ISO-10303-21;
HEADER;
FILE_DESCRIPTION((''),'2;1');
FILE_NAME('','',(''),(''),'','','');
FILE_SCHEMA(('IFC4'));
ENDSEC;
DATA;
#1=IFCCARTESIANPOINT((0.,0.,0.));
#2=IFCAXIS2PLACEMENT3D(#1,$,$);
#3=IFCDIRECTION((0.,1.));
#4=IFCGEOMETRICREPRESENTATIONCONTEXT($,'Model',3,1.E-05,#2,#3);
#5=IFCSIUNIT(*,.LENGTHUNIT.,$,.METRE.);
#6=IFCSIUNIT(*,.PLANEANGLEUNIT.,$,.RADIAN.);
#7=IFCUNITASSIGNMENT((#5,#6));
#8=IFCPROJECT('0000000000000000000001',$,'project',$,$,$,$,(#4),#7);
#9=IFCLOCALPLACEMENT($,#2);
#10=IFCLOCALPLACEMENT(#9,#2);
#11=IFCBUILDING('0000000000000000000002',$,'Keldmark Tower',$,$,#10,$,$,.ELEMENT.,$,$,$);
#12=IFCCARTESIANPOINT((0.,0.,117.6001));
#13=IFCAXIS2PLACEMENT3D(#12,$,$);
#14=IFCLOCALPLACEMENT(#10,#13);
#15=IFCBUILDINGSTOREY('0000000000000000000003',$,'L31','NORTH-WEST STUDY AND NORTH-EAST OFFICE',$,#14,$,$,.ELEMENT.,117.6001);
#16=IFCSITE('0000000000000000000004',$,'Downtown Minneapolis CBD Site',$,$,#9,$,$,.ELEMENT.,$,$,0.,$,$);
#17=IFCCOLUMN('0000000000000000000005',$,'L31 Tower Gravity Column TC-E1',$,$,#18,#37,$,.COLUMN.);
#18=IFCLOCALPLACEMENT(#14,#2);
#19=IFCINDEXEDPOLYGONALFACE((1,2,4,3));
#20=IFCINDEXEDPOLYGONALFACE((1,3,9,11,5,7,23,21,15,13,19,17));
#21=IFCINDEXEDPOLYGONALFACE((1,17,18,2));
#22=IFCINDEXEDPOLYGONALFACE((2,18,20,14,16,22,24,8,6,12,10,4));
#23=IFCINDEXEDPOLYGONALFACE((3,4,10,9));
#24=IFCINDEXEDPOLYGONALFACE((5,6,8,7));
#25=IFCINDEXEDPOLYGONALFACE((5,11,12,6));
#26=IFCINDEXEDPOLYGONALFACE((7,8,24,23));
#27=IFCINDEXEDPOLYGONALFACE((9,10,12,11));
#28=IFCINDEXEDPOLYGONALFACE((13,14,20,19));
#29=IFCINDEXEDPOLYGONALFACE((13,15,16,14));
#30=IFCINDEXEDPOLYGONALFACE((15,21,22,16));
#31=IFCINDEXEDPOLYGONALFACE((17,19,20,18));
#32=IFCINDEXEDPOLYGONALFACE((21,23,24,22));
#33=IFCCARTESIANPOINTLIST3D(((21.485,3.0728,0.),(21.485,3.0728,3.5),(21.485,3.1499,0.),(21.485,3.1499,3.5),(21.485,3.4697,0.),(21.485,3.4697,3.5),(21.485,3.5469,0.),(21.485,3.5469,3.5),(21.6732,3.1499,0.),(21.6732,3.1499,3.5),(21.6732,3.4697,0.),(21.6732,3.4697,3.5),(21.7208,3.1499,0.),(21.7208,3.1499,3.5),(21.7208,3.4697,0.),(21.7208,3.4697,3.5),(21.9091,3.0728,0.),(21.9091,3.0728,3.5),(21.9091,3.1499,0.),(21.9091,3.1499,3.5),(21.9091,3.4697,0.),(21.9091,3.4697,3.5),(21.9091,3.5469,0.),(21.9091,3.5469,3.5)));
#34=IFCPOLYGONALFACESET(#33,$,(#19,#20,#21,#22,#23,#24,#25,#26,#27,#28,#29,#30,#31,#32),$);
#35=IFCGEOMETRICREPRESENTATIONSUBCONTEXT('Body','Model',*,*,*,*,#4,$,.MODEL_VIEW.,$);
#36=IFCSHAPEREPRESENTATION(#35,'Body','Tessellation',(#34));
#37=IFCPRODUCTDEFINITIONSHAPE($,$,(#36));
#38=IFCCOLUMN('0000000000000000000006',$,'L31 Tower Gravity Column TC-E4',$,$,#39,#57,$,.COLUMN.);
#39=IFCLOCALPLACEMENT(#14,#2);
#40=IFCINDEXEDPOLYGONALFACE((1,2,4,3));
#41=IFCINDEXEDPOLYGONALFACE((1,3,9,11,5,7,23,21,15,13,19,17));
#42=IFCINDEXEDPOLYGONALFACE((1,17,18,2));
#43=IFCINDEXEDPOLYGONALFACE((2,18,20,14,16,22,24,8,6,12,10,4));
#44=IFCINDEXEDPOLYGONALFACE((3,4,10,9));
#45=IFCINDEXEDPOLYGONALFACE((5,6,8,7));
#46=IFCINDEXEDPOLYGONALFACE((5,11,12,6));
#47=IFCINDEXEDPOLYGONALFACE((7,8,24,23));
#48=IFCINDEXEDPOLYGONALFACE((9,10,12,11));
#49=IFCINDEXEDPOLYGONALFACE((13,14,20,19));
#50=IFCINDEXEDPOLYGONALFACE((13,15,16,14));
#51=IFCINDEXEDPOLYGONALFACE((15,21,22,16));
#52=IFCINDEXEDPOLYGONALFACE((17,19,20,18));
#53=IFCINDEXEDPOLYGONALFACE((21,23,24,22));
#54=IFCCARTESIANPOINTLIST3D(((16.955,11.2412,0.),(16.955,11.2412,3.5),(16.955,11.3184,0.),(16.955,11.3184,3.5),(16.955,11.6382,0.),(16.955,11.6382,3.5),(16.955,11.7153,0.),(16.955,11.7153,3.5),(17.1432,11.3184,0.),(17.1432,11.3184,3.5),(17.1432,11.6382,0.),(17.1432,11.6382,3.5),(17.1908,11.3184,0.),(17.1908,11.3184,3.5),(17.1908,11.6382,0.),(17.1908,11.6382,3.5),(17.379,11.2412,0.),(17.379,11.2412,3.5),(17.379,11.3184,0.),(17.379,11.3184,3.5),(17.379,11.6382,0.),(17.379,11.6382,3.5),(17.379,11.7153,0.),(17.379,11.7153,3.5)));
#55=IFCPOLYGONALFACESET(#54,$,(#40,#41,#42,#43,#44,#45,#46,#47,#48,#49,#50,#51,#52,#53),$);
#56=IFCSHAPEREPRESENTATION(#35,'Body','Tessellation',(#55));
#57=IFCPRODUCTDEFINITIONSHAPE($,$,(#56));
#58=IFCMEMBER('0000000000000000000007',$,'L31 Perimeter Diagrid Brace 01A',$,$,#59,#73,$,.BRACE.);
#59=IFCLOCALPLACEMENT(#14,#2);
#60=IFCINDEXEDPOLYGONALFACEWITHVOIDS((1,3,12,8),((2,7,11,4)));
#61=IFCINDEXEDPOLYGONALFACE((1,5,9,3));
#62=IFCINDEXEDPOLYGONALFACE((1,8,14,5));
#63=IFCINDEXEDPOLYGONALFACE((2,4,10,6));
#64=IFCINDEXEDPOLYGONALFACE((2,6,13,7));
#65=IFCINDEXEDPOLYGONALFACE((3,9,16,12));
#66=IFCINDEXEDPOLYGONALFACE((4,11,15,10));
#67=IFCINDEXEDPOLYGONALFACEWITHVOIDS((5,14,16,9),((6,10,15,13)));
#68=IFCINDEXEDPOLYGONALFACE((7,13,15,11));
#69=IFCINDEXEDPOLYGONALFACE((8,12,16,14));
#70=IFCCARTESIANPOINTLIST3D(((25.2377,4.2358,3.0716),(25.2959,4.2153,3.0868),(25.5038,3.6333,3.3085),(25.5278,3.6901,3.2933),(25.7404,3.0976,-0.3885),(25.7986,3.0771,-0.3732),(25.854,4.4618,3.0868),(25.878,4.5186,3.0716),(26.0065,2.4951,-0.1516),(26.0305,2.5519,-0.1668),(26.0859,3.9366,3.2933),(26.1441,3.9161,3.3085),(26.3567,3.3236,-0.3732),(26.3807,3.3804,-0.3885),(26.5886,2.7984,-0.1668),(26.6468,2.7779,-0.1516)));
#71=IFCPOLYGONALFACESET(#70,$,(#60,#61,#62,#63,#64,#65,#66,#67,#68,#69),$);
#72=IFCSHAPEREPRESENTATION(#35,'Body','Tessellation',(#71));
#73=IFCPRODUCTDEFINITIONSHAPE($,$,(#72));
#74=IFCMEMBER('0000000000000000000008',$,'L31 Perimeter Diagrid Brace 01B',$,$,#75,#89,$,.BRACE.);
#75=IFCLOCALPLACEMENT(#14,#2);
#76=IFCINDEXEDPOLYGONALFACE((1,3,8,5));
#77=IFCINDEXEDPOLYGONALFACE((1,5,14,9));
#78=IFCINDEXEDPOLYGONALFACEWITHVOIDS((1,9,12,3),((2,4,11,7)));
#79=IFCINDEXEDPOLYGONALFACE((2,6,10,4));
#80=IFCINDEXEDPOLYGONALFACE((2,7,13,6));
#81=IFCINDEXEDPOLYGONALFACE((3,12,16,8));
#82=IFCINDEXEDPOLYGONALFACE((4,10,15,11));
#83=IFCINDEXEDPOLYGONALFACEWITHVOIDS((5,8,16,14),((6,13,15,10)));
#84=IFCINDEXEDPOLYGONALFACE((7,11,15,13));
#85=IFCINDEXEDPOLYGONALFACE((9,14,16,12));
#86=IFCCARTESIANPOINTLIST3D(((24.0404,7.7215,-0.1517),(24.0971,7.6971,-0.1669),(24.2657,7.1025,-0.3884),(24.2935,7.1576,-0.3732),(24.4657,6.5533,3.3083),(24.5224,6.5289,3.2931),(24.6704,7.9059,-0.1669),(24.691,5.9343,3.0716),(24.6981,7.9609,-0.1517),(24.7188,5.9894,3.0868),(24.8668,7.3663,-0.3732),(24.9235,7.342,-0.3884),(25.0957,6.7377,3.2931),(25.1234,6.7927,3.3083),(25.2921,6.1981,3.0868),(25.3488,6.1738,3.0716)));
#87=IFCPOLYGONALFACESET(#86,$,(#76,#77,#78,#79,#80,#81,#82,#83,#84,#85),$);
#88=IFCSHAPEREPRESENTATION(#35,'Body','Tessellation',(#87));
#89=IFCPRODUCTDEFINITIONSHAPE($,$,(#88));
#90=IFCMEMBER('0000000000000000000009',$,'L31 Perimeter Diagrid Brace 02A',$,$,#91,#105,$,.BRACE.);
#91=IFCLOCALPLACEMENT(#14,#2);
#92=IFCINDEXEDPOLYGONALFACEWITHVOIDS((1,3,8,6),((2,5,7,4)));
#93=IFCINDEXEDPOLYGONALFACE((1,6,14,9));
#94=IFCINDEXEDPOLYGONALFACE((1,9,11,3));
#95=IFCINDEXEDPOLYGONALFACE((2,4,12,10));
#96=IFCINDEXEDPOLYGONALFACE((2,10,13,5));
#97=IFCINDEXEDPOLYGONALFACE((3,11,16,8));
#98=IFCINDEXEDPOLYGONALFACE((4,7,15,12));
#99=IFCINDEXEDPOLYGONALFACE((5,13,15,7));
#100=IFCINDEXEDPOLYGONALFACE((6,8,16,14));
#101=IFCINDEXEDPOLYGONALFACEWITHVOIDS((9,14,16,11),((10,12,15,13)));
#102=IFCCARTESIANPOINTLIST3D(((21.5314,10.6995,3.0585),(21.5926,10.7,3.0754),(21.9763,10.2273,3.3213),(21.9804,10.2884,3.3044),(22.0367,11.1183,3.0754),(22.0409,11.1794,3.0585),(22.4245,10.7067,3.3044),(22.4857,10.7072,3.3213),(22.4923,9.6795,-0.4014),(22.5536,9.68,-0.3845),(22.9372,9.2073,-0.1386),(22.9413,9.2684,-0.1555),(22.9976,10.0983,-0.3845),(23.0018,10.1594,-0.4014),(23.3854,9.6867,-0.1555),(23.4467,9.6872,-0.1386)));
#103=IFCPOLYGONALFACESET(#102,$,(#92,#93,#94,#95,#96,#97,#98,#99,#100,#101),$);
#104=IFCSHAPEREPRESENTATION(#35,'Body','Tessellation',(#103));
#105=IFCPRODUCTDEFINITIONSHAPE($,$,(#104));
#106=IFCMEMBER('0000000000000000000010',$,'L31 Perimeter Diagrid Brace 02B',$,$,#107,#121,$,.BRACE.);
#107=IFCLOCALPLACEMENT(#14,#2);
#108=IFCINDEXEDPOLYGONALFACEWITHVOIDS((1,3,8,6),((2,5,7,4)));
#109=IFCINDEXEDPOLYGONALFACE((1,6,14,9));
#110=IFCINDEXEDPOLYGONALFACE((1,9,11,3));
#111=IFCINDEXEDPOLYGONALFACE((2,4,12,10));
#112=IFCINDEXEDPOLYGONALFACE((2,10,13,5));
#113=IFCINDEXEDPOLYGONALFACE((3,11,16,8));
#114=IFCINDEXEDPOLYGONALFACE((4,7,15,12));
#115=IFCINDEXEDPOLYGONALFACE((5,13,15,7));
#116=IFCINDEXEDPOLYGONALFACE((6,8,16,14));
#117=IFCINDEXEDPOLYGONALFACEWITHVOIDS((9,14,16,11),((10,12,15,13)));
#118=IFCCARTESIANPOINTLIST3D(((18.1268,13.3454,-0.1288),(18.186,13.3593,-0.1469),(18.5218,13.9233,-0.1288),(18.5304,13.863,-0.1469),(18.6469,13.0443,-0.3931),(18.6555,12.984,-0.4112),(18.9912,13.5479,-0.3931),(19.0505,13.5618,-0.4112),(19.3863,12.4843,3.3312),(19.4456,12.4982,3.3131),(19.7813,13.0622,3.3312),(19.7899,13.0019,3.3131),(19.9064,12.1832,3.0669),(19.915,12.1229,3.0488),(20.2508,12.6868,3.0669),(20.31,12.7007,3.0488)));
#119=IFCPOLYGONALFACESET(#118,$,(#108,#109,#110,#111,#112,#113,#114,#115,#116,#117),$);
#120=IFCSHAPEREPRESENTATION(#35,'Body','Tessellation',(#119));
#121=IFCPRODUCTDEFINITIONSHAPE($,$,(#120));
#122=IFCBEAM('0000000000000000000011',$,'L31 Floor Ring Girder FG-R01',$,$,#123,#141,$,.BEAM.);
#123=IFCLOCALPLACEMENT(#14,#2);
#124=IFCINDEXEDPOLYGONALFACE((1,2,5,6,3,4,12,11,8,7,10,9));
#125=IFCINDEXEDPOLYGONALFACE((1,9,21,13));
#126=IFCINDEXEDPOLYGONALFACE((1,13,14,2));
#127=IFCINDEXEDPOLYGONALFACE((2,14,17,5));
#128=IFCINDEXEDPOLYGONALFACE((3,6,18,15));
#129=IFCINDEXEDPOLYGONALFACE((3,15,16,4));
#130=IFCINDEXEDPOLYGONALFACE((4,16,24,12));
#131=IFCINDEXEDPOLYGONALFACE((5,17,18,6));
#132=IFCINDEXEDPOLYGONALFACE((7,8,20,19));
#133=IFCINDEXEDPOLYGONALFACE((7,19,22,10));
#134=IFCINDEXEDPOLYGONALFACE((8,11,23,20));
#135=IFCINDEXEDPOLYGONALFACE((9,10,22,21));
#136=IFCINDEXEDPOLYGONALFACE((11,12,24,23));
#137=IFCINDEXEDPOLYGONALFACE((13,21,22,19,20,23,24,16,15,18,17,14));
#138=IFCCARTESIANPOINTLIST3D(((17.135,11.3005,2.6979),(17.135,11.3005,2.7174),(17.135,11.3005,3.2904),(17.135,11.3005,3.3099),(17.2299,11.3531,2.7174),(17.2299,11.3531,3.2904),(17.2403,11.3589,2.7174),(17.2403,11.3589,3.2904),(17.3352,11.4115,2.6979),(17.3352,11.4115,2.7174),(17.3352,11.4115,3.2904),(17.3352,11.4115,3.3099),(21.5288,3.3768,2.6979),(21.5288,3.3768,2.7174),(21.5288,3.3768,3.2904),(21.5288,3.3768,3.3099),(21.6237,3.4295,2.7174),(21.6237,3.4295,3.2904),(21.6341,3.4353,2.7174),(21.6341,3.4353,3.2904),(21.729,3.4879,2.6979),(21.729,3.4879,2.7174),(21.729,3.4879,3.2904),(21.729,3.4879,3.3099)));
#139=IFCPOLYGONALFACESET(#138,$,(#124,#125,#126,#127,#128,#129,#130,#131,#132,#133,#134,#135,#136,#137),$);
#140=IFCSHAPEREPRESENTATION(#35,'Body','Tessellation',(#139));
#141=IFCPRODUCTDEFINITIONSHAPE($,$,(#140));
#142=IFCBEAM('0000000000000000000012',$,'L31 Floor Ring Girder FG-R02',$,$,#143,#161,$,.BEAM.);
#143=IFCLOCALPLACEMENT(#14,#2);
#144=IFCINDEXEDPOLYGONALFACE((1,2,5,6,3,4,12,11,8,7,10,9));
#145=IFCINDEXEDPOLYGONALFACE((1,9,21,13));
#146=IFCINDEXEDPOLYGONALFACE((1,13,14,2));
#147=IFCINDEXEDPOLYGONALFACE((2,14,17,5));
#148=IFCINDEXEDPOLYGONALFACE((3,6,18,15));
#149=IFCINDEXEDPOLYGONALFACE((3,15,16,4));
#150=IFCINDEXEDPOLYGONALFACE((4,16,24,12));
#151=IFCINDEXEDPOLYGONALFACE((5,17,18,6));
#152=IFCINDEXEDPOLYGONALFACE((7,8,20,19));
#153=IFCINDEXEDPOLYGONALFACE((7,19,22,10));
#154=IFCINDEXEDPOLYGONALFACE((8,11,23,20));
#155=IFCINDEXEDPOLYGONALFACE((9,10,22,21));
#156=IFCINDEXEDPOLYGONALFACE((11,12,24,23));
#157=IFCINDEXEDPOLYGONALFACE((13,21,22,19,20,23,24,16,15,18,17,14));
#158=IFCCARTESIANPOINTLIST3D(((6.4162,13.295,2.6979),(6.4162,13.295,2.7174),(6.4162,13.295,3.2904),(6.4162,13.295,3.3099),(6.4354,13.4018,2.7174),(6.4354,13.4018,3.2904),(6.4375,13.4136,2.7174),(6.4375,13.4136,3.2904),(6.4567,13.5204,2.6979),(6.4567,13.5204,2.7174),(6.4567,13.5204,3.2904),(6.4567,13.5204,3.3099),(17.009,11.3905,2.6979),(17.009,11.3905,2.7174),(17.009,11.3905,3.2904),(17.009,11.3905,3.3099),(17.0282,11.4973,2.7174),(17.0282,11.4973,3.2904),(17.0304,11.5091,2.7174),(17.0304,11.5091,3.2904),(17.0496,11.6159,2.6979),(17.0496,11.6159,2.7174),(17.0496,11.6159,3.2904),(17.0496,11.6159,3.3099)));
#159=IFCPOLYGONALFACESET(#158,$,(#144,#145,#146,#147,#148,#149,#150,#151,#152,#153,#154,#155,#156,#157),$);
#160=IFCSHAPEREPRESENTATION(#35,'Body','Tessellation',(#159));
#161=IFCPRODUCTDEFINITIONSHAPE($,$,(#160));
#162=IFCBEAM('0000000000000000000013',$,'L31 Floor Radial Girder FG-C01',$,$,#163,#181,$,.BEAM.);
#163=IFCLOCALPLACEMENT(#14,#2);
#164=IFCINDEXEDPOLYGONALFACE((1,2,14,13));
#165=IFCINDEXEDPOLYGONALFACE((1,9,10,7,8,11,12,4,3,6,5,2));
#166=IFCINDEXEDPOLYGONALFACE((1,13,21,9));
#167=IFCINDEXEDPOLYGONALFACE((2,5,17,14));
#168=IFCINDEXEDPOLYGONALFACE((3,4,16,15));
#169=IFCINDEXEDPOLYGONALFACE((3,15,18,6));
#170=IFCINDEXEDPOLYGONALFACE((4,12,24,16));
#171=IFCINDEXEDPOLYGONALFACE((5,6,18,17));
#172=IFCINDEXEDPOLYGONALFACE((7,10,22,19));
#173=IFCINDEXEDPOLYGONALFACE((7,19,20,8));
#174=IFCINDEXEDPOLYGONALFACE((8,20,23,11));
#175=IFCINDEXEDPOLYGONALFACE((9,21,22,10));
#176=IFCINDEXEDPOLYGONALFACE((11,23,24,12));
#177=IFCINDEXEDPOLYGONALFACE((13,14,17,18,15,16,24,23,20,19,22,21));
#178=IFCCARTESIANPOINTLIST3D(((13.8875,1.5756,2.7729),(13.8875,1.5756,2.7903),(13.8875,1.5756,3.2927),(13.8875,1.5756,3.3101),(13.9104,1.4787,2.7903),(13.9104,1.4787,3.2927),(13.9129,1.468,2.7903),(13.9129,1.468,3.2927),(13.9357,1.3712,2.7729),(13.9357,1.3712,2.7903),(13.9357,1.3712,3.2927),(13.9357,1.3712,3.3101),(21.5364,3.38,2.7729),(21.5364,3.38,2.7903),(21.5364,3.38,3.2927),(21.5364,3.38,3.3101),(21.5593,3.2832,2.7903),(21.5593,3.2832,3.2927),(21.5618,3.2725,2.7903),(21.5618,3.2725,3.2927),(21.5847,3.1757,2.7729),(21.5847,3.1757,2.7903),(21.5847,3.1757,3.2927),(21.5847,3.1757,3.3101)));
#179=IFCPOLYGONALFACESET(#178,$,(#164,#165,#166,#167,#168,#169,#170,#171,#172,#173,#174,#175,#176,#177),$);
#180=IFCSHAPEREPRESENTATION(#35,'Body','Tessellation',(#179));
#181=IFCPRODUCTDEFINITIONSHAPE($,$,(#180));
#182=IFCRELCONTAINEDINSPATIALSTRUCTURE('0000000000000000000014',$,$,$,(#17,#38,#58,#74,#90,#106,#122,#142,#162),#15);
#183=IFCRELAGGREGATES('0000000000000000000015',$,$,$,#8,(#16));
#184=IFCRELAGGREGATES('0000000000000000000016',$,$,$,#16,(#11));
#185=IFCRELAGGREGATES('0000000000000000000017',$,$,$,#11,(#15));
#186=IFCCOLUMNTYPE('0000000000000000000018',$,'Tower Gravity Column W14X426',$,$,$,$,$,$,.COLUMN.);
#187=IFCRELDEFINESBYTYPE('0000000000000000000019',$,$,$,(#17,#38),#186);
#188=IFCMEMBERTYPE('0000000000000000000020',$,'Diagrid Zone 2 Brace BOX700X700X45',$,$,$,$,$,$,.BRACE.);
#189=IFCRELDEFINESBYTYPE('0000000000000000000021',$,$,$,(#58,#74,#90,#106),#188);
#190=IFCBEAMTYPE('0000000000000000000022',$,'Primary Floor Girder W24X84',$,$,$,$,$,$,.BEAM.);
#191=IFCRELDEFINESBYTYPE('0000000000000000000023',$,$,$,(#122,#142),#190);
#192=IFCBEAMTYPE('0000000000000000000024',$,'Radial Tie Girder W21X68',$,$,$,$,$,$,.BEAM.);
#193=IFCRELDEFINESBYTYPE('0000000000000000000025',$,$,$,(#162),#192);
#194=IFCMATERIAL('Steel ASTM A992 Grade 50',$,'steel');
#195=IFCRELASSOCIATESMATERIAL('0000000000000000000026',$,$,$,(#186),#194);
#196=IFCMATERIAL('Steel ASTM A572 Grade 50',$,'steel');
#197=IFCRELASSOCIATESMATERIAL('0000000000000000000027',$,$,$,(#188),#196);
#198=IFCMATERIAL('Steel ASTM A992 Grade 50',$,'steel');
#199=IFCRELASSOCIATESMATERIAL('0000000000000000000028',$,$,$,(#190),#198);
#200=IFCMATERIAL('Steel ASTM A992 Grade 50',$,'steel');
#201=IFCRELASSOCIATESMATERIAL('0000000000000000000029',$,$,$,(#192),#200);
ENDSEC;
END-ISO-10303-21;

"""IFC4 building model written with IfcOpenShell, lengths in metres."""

from ifc_helpers import new_model, si_unit, direction, frame, origin, origin_2d, place, context, subcontext, project, spatial, hollow_rectangle, i_section, extrude, material, material_profile, profile_set, type_object, element, save


model = new_model("IFC4")

# Units and contexts
model_context = context("Model", 3, precision=1e-05, world=origin(), true_north=direction((0.0, 1.0)))
body_context = subcontext(model_context, "Body", "Model", "MODEL_VIEW")
ifc_project = project(units=[si_unit("LENGTHUNIT", "METRE"), si_unit("PLANEANGLEUNIT", "RADIAN")], contexts=[model_context])

# Site, building, storey
site_placement = place(None, origin())
site = spatial("IfcSite", under=ifc_project, at=site_placement, Name="Downtown Minneapolis CBD Site", CompositionType="ELEMENT", RefElevation=0.0)
building_placement = place(site_placement, origin())
building = spatial("IfcBuilding", under=site, at=building_placement, Name="Keldmark Tower", CompositionType="ELEMENT")
storey_placement = place(building_placement, frame((0.0, 0.0, 117.6001)))
storey = spatial("IfcBuildingStorey", under=building, at=storey_placement, Name="L31", Description="NORTH-WEST STUDY AND NORTH-EAST OFFICE", CompositionType="ELEMENT", Elevation=117.6001)

# Columns
ifc_material_1 = material(Name="Steel ASTM A992 Grade 50", Category="steel")
ifc_material_profile_1 = material_profile(ifc_material_1, i_section(OverallWidth=0.4241, OverallDepth=0.4741, WebThickness=0.0476, FlangeThickness=0.0771, at=origin_2d()), Name="W14X426")
ifc_profile_set_1 = profile_set([ifc_material_profile_1], Name="Steel ASTM A992 Grade 50")
column_type = type_object("IfcColumnType", Name="Tower Gravity Column W14X426", PredefinedType="COLUMN", material=ifc_profile_set_1)
for number, where, z_axis, x_axis, name in (
    (1, (21.697, 3.3098, 0.0), (0.0, 0.0, 1.0), (1.0, 0.0, 0.0), "L31 Tower Gravity Column TC-E1"),
    (2, (17.167, 11.4783, 0.0), (0.0, 0.0, 1.0), (1.0, 0.0, 0.0), "L31 Tower Gravity Column TC-E4"),
):
    element("IfcColumn", number, at=place(storey_placement, frame(where, z_axis=z_axis, x_axis=x_axis)), inside=storey, type_object=column_type, Name=name, PredefinedType="COLUMN", context=body_context, shape_type="SweptSolid", body=[
        extrude(i_section(OverallWidth=0.4241, OverallDepth=0.4741, WebThickness=0.0476, FlangeThickness=0.0771, at=origin_2d()), origin(), (0.0, 0.0, 1.0), 3.5),
    ])

# Members
ifc_material_2 = material(Name="Steel ASTM A572 Grade 50", Category="steel")
ifc_material_profile_2 = material_profile(ifc_material_2, hollow_rectangle(XDim=0.7, YDim=0.7, WallThickness=0.0449, at=origin_2d()), Name="BOX700X700X45")
ifc_profile_set_2 = profile_set([ifc_material_profile_2], Name="Steel ASTM A572 Grade 50")
member_type = type_object("IfcMemberType", Name="Diagrid Zone 2 Brace BOX700X700X45", PredefinedType="BRACE", material=ifc_profile_set_2)
member_1_placement = place(storey_placement, frame((26.1936, 2.9377, -0.27), z_axis=(-0.136715, 0.309551, 0.941003), x_axis=(-0.914756, -0.404007, 0.0)))
element("IfcMember", 3, at=member_1_placement, inside=storey, type_object=member_type, Name="L31 Perimeter Diagrid Brace 01A", PredefinedType="BRACE", context=body_context, shape_type="SweptSolid", body=[
    extrude(hollow_rectangle(XDim=0.7, YDim=0.7, WallThickness=0.0449, at=origin_2d()), origin(), (0.0, 0.0, 1.0), 3.677),
])
member_2_placement = place(storey_placement, frame((24.4819, 7.5317, -0.27), z_axis=(0.115678, -0.317748, 0.941092), x_axis=(0.939667, 0.34209, 0.0)))
element("IfcMember", 4, at=member_2_placement, inside=storey, type_object=member_type, Name="L31 Perimeter Diagrid Brace 01B", PredefinedType="BRACE", context=body_context, shape_type="SweptSolid", body=[
    extrude(hollow_rectangle(XDim=0.7, YDim=0.7, WallThickness=0.0449, at=origin_2d()), origin(), (0.0, 0.0, 1.0), 3.6765),
])
member_3_placement = place(storey_placement, frame((22.9695, 9.6833, -0.27), z_axis=(-0.257418, 0.273245, 0.926862), x_axis=(-0.727873, -0.685712, 0.0)))
element("IfcMember", 5, at=member_3_placement, inside=storey, type_object=member_type, Name="L31 Perimeter Diagrid Brace 02A", PredefinedType="BRACE", context=body_context, shape_type="SweptSolid", body=[
    extrude(hollow_rectangle(XDim=0.7, YDim=0.7, WallThickness=0.0449, at=origin_2d()), origin(), (0.0, 0.0, 1.0), 3.7329),
])
member_4_placement = place(storey_placement, frame((18.5886, 13.4536, -0.27), z_axis=(0.333081, -0.227714, 0.914988), x_axis=(0.564374, 0.825519, 0.0)))
element("IfcMember", 6, at=member_4_placement, inside=storey, type_object=member_type, Name="L31 Perimeter Diagrid Brace 02B", PredefinedType="BRACE", context=body_context, shape_type="SweptSolid", body=[
    extrude(hollow_rectangle(XDim=0.7, YDim=0.7, WallThickness=0.0449, at=origin_2d()), origin(), (0.0, 0.0, 1.0), 3.7815),
])

# Beams
ifc_material_3 = material(Name="Steel ASTM A992 Grade 50", Category="steel")
ifc_material_profile_3 = material_profile(ifc_material_3, i_section(OverallWidth=0.229, OverallDepth=0.6121, WebThickness=0.012, FlangeThickness=0.0195, at=origin_2d()), Name="W24X84")
ifc_profile_set_3 = profile_set([ifc_material_profile_3], Name="Steel ASTM A992 Grade 50")
beam_type_1 = type_object("IfcBeamType", Name="Primary Floor Girder W24X84", PredefinedType="BEAM", material=ifc_profile_set_3)
beam_1_placement = place(storey_placement, frame((21.6289, 3.4324, 3.0039), z_axis=(-0.484952, 0.874541, 0.0), x_axis=(-0.874541, -0.484952, 0.0)))
element("IfcBeam", 7, at=beam_1_placement, inside=storey, type_object=beam_type_1, Name="L31 Floor Ring Girder FG-R01", PredefinedType="BEAM", context=body_context, shape_type="SweptSolid", body=[
    extrude(i_section(OverallWidth=0.229, OverallDepth=0.6121, WebThickness=0.012, FlangeThickness=0.0195, at=origin_2d()), origin(), (0.0, 0.0, 1.0), 9.0603),
])
beam_2_placement = place(storey_placement, frame((17.0293, 11.5032, 3.0039), z_axis=(-0.984218, 0.176959, 0.0), x_axis=(-0.176959, -0.984218, 0.0)))
element("IfcBeam", 8, at=beam_2_placement, inside=storey, type_object=beam_type_1, Name="L31 Floor Ring Girder FG-R02", PredefinedType="BEAM", context=body_context, shape_type="SweptSolid", body=[
    extrude(i_section(OverallWidth=0.229, OverallDepth=0.6121, WebThickness=0.012, FlangeThickness=0.0195, at=origin_2d()), origin(), (0.0, 0.0, 1.0), 10.7627),
])
ifc_material_4 = material(Name="Steel ASTM A992 Grade 50", Category="steel")
ifc_material_profile_4 = material_profile(ifc_material_4, i_section(OverallWidth=0.21, OverallDepth=0.5371, WebThickness=0.011, FlangeThickness=0.0173, at=origin_2d()), Name="W21X68")
ifc_profile_set_4 = profile_set([ifc_material_profile_4], Name="Steel ASTM A992 Grade 50")
beam_type_2 = type_object("IfcBeamType", Name="Radial Tie Girder W21X68", PredefinedType="BEAM", material=ifc_profile_set_4)
beam_3_placement = place(storey_placement, frame((21.5605, 3.2778, 3.0415), z_axis=(-0.973284, -0.229606, 0.0), x_axis=(0.229606, -0.973284, 0.0)))
element("IfcBeam", 9, at=beam_3_placement, inside=storey, type_object=beam_type_2, Name="L31 Floor Radial Girder FG-C01", PredefinedType="BEAM", context=body_context, shape_type="SweptSolid", body=[
    extrude(i_section(OverallWidth=0.21, OverallDepth=0.5371, WebThickness=0.011, FlangeThickness=0.0173, at=origin_2d()), origin(), (0.0, 0.0, 1.0), 7.8589),
])

save(model, "model.ifc")
